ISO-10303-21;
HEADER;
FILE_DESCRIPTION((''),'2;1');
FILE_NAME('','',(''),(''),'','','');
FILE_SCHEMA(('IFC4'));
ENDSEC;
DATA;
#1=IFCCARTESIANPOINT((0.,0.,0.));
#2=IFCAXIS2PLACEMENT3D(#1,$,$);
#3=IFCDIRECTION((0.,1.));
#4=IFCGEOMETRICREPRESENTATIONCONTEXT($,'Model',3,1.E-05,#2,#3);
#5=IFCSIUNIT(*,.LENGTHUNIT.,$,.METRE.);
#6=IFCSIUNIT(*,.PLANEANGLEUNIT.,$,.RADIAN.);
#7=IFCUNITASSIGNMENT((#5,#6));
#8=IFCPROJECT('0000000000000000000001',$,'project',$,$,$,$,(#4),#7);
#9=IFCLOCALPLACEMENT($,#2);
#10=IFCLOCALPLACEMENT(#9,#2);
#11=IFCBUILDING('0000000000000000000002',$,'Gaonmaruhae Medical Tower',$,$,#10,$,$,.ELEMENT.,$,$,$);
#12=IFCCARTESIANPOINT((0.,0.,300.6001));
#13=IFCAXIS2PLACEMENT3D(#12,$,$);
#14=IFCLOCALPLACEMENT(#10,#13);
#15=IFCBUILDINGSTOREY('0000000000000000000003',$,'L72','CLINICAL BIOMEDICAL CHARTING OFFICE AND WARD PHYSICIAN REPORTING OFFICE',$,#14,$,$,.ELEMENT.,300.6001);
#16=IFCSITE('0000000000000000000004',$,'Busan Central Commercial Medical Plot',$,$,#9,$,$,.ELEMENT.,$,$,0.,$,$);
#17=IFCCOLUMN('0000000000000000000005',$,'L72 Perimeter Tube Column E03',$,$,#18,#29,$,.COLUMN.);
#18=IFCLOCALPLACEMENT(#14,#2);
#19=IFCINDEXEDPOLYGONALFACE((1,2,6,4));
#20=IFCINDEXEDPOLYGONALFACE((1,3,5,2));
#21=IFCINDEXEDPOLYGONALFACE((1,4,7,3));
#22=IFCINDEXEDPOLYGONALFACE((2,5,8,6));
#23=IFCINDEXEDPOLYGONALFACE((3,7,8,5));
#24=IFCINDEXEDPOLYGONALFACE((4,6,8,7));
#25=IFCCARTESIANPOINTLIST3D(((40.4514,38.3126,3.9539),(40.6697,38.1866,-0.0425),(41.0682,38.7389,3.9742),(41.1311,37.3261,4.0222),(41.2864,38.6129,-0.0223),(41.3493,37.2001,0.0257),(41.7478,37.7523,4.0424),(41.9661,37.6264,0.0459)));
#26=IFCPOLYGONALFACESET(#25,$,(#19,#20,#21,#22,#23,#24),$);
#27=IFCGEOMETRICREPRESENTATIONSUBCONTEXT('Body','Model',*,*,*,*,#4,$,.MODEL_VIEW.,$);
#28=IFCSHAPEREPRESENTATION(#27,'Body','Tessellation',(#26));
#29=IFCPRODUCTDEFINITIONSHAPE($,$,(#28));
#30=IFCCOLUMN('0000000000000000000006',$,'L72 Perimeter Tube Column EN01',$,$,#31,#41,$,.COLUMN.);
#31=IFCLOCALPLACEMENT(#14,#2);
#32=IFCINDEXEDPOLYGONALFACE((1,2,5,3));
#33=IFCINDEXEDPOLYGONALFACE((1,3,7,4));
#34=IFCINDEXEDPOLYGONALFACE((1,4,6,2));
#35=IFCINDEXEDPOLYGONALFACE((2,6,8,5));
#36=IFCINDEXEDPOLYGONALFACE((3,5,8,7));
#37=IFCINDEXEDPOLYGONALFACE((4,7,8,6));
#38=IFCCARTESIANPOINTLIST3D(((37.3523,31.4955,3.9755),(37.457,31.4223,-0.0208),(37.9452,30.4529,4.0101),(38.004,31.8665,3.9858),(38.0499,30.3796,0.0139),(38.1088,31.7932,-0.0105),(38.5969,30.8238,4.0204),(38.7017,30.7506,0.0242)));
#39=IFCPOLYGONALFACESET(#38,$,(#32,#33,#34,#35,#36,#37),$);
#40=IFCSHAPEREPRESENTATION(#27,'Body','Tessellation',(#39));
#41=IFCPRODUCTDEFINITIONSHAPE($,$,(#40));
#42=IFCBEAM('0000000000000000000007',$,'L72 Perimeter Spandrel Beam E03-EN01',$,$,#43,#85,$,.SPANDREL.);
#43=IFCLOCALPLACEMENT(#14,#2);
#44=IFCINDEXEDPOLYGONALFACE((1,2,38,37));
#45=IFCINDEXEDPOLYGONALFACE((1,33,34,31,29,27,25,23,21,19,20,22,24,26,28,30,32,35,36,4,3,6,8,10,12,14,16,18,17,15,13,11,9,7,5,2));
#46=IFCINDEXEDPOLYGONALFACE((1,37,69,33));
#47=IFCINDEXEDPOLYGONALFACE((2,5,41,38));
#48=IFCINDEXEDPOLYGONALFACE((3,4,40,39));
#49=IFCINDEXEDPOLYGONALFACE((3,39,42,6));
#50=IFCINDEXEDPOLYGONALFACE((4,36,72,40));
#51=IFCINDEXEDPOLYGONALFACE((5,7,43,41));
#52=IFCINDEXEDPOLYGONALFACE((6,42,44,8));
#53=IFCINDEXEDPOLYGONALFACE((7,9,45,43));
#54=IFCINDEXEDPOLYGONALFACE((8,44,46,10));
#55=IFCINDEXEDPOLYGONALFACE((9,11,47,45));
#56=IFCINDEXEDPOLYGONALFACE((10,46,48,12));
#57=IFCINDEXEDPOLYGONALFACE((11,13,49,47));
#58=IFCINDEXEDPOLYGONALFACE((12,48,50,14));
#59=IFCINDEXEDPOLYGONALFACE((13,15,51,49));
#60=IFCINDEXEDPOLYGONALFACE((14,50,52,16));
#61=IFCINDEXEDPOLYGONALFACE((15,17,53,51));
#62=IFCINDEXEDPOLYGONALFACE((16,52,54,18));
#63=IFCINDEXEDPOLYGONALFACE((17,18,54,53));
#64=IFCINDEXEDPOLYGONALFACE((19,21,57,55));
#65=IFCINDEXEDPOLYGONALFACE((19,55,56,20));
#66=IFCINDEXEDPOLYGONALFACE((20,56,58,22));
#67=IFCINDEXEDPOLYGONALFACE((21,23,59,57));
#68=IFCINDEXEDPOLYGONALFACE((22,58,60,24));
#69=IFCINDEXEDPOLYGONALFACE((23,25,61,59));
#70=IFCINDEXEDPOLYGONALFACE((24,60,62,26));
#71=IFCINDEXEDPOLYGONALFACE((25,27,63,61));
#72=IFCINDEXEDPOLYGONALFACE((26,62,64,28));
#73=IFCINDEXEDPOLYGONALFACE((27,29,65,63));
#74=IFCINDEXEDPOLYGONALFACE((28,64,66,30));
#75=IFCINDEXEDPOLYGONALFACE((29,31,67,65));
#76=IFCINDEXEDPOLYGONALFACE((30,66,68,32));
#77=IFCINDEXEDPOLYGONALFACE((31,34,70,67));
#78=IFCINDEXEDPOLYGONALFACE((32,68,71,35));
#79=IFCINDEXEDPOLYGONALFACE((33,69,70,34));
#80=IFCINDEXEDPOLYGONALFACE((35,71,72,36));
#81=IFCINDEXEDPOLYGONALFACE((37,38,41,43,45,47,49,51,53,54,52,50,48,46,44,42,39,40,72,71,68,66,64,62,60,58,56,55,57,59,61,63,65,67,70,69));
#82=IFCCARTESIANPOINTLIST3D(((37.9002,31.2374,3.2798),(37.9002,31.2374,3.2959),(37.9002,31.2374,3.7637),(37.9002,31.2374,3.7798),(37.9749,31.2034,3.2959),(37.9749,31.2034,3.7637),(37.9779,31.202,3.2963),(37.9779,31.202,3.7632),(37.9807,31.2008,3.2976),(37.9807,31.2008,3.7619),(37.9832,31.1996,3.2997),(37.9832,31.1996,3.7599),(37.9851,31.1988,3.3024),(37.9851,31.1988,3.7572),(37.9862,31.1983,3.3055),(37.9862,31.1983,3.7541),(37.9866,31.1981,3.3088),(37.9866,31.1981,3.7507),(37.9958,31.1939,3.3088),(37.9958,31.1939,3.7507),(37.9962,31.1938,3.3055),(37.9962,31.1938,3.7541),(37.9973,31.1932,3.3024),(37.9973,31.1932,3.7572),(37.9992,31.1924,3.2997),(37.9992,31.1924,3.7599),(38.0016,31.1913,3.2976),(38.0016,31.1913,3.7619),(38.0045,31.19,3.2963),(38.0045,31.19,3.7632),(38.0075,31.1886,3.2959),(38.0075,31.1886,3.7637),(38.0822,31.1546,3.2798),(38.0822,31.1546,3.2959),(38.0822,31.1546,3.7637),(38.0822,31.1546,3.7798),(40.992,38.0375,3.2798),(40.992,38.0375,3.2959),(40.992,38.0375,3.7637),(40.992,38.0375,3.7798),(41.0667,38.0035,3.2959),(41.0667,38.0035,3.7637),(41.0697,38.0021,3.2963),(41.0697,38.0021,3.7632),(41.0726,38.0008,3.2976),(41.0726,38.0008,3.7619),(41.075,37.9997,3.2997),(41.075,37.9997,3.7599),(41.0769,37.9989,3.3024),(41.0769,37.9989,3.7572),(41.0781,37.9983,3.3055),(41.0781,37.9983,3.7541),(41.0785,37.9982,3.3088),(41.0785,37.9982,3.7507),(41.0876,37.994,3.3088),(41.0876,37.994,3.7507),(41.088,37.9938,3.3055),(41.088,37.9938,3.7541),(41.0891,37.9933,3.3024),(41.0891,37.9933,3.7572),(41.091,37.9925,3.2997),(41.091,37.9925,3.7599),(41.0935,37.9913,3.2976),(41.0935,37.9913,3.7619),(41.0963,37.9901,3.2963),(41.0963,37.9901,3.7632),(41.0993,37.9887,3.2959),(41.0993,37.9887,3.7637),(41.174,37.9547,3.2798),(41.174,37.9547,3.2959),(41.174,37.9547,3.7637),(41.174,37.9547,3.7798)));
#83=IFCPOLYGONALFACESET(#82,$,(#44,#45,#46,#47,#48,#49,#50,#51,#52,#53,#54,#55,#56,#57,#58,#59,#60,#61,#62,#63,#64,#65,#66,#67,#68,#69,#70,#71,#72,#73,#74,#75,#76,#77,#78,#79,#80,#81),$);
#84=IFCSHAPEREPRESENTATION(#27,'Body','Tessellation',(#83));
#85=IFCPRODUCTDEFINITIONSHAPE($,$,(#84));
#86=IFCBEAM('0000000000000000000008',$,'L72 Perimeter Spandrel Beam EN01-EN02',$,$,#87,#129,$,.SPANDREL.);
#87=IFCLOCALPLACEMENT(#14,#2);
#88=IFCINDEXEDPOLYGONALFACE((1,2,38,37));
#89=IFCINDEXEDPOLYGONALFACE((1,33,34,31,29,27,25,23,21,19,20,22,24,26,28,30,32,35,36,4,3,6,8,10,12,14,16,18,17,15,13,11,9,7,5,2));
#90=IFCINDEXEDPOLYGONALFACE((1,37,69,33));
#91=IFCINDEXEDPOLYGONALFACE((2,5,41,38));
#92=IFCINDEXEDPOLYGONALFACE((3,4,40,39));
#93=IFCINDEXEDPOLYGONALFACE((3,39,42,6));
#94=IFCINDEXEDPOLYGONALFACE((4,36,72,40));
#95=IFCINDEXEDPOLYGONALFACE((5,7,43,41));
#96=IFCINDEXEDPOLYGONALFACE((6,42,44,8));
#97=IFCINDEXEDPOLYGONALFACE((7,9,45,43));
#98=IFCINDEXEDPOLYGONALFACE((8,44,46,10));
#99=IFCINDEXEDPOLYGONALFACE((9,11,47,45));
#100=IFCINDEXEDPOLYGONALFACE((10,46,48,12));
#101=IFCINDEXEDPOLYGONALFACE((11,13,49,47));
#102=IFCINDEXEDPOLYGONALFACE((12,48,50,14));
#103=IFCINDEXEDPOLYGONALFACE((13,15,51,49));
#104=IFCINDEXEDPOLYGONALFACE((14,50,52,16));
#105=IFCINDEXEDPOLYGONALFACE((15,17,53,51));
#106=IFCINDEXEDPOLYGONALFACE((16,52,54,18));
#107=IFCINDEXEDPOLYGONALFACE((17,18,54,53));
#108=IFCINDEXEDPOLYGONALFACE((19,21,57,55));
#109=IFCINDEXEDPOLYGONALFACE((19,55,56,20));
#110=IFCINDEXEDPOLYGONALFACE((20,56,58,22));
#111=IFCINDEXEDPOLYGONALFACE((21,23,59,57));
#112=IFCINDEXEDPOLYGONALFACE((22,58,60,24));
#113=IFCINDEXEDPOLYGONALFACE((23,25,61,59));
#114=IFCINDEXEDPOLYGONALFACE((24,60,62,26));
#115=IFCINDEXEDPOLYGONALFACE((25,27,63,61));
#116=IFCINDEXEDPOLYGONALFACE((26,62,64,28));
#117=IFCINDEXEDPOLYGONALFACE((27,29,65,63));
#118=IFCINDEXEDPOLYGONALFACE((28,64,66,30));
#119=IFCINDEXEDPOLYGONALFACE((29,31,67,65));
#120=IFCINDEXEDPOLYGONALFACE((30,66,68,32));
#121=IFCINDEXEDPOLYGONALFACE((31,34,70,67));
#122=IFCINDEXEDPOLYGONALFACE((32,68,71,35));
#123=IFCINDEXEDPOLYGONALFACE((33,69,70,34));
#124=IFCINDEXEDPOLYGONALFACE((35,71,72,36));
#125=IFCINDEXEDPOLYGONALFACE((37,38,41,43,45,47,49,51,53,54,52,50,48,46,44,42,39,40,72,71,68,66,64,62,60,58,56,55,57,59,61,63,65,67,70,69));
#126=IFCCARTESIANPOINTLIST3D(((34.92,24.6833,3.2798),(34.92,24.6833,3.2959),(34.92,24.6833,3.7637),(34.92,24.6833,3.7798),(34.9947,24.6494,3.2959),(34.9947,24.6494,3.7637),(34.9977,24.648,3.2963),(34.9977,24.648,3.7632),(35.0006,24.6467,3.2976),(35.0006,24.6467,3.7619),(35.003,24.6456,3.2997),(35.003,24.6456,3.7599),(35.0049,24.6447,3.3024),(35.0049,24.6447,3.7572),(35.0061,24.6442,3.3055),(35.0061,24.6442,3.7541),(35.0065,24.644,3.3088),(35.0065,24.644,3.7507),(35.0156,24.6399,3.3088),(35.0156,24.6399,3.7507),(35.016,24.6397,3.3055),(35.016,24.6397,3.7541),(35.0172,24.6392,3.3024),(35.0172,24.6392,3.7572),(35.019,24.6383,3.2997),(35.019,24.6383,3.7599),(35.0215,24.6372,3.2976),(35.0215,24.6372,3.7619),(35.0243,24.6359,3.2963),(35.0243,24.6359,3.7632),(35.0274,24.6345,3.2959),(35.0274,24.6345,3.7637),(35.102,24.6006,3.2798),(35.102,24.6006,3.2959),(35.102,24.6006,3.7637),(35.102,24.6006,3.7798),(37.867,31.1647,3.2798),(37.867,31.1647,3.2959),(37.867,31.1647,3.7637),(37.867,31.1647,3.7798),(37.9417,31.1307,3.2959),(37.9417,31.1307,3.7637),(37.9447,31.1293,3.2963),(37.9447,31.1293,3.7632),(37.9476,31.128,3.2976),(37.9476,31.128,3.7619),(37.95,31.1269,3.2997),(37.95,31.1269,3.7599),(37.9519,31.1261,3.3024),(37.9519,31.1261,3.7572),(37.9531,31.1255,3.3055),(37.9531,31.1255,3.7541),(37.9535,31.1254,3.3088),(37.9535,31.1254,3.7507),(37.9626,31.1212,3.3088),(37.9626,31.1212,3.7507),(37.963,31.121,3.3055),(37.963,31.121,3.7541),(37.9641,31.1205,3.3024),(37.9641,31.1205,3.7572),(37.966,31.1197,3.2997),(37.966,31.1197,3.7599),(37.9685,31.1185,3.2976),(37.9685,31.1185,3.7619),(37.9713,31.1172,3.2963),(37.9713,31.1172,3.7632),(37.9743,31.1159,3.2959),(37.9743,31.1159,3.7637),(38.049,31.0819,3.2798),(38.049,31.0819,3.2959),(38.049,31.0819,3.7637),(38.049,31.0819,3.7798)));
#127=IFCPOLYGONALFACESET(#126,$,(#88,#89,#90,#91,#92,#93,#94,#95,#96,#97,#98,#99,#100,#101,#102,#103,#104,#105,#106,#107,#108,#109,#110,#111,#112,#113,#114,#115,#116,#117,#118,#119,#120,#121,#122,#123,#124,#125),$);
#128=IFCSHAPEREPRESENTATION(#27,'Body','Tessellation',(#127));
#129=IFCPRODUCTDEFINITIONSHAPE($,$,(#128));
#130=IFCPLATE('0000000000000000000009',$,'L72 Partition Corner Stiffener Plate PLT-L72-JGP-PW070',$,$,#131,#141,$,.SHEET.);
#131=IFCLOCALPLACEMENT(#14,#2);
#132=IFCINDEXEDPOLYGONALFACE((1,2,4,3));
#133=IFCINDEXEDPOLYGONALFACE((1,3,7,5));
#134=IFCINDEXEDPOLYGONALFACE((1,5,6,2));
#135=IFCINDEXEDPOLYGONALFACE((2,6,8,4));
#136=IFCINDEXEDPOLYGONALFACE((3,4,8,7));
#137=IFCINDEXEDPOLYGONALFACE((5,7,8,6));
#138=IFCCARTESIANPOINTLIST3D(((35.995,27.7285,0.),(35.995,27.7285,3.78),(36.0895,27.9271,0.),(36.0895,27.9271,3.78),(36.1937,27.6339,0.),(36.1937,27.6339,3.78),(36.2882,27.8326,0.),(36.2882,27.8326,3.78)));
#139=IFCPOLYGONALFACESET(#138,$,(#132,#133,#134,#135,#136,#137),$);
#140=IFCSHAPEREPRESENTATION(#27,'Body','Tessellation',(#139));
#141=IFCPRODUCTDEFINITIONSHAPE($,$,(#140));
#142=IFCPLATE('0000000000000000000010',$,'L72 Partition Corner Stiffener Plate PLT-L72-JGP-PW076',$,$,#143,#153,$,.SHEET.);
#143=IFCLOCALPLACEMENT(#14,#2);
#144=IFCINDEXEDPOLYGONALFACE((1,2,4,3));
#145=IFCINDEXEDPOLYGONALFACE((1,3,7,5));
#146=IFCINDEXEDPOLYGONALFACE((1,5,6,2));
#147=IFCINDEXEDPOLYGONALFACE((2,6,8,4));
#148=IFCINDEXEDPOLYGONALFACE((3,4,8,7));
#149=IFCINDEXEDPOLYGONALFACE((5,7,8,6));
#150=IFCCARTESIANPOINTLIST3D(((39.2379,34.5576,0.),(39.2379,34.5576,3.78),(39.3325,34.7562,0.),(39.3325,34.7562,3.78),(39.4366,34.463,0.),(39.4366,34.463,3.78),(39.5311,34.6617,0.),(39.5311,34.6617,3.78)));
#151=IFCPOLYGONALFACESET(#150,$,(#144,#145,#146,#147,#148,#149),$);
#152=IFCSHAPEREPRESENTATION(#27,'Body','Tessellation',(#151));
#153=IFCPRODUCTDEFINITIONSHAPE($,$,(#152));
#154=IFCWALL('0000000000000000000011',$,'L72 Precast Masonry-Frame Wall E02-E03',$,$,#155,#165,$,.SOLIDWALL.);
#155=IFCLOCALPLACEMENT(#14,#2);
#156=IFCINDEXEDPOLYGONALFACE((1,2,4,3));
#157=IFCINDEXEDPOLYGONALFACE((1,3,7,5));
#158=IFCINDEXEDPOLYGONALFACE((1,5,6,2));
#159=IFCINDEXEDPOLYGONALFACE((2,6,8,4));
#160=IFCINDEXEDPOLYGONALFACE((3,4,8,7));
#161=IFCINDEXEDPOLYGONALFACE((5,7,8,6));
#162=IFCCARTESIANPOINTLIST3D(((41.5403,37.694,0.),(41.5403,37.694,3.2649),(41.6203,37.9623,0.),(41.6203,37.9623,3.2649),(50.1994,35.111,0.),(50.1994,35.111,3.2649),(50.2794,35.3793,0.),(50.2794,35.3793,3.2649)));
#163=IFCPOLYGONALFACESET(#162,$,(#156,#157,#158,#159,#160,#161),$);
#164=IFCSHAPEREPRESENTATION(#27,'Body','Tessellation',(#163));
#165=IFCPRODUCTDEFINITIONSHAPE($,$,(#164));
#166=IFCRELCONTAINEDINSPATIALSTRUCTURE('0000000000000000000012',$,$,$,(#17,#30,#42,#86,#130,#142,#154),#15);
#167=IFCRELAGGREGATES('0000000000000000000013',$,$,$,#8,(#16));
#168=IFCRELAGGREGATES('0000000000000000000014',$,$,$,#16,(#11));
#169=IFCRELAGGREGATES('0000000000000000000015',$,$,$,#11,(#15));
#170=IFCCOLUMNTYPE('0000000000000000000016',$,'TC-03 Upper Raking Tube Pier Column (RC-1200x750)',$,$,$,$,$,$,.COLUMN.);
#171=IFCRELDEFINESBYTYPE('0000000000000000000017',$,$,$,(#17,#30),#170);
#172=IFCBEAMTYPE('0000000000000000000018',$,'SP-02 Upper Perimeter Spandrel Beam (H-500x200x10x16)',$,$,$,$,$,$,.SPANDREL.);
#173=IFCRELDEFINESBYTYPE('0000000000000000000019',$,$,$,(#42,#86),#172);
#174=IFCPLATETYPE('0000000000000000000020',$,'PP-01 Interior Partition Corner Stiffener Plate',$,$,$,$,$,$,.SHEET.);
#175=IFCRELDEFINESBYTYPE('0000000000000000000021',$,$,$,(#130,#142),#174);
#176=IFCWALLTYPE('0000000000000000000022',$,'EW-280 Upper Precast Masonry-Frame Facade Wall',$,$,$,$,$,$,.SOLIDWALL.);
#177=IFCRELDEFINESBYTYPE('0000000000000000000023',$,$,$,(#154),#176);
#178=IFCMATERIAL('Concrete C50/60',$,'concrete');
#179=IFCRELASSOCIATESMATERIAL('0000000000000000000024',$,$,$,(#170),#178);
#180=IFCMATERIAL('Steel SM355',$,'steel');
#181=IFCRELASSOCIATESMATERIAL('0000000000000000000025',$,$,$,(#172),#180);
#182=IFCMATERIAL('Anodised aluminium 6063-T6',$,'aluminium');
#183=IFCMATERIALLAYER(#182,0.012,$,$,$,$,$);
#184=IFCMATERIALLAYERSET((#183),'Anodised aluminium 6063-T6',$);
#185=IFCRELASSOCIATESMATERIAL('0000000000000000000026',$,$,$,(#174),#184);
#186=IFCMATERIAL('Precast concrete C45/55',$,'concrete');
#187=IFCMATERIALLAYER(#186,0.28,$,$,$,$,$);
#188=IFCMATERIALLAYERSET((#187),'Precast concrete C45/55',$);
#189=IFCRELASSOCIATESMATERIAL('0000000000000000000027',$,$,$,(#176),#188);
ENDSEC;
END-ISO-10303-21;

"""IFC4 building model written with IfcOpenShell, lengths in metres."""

from ifc_helpers import new_model, si_unit, direction, frame, frame_2d, origin, origin_2d, place, context, subcontext, project, spatial, rectangle, i_section, extrude, material, layer, layer_set, material_profile, profile_set, type_object, element, save


model = new_model("IFC4")

# Units and contexts
model_context = context("Model", 3, precision=1e-05, world=origin(), true_north=direction((0.0, 1.0)))
body_context = subcontext(model_context, "Body", "Model", "MODEL_VIEW")
ifc_project = project(units=[si_unit("LENGTHUNIT", "METRE"), si_unit("PLANEANGLEUNIT", "RADIAN")], contexts=[model_context])

# Site, building, storey
site_placement = place(None, origin())
site = spatial("IfcSite", under=ifc_project, at=site_placement, Name="Busan Central Commercial Medical Plot", CompositionType="ELEMENT", RefElevation=0.0)
building_placement = place(site_placement, origin())
building = spatial("IfcBuilding", under=site, at=building_placement, Name="Gaonmaruhae Medical Tower", CompositionType="ELEMENT")
storey_placement = place(building_placement, frame((0.0, 0.0, 300.6001)))
storey = spatial("IfcBuildingStorey", under=building, at=storey_placement, Name="L72", Description="CLINICAL BIOMEDICAL CHARTING OFFICE AND WARD PHYSICIAN REPORTING OFFICE", CompositionType="ELEMENT", Elevation=300.6001)

# Columns
ifc_material_1 = material(Name="Concrete C50/60", Category="concrete")
ifc_material_profile_1 = material_profile(ifc_material_1, rectangle(XDim=1.2, YDim=0.75, at=origin_2d()), Name="RC-1200x750")
ifc_profile_set_1 = profile_set([ifc_material_profile_1], Name="Concrete C50/60")
column_type = type_object("IfcColumnType", Name="TC-03 Upper Raking Tube Pier Column (RC-1200x750)", PredefinedType="COLUMN", material=ifc_profile_set_1)
column_1_placement = place(storey_placement, frame((41.3179, 37.9065, 0.0017), z_axis=(-0.054507, 0.031461, 0.998018), x_axis=(0.566397, -0.822169, 0.056851)))
element("IfcColumn", 1, at=column_1_placement, inside=storey, type_object=column_type, Name="L72 Perimeter Tube Column E03", PredefinedType="COLUMN", context=body_context, shape_type="SweptSolid", body=[
    extrude(rectangle(XDim=1.2, YDim=0.75, at=origin_2d()), origin(), (0.0, 0.0, 1.0), 4.0044),
])
column_2_placement = place(storey_placement, frame((38.0793, 31.0864, 0.0017), z_axis=(-0.026195, 0.018318, 0.999489), x_axis=(0.494093, -0.86893, 0.028874)))
element("IfcColumn", 2, at=column_2_placement, inside=storey, type_object=column_type, Name="L72 Perimeter Tube Column EN01", PredefinedType="COLUMN", context=body_context, shape_type="SweptSolid", body=[
    extrude(rectangle(XDim=1.2, YDim=0.75, at=origin_2d()), origin(), (0.0, 0.0, 1.0), 3.9983),
])

# Beams
ifc_material_2 = material(Name="Steel SM355", Category="steel")
ifc_material_profile_2 = material_profile(ifc_material_2, i_section(OverallWidth=0.2, OverallDepth=0.5, WebThickness=0.01, FlangeThickness=0.0161, FilletRadius=0.0129, at=origin_2d()), Name="H-500x200x10x16")
ifc_profile_set_2 = profile_set([ifc_material_profile_2], Name="Steel SM355")
beam_type = type_object("IfcBeamType", Name="SP-02 Upper Perimeter Spandrel Beam (H-500x200x10x16)", PredefinedType="SPANDREL", material=ifc_profile_set_2)
beam_1_placement = place(storey_placement, frame((41.083, 37.9961, 3.5298), z_axis=(-0.413899, -0.910323, 0.0), x_axis=(0.910323, -0.413899, 0.0)))
element("IfcBeam", 3, at=beam_1_placement, inside=storey, type_object=beam_type, Name="L72 Perimeter Spandrel Beam E03-EN01", PredefinedType="SPANDREL", context=body_context, shape_type="SweptSolid", body=[
    extrude(i_section(OverallWidth=0.2, OverallDepth=0.5, WebThickness=0.01, FlangeThickness=0.0161, FilletRadius=0.0129, at=origin_2d()), origin(), (0.0, 0.0, 1.0), 7.47),
])
beam_2_placement = place(storey_placement, frame((37.958, 31.1233, 3.5298), z_axis=(-0.413909, -0.910318, 0.0), x_axis=(0.910318, -0.413909, 0.0)))
element("IfcBeam", 4, at=beam_2_placement, inside=storey, type_object=beam_type, Name="L72 Perimeter Spandrel Beam EN01-EN02", PredefinedType="SPANDREL", context=body_context, shape_type="SweptSolid", body=[
    extrude(i_section(OverallWidth=0.2, OverallDepth=0.5, WebThickness=0.01, FlangeThickness=0.0161, FilletRadius=0.0129, at=origin_2d()), origin(), (0.0, 0.0, 1.0), 7.1199),
])

# Plates
ifc_material_3 = material(Name="Anodised aluminium 6063-T6", Category="aluminium")
ifc_layer_1 = layer(ifc_material_3, 0.012)
ifc_layer_set_1 = layer_set([ifc_layer_1], Name="Anodised aluminium 6063-T6")
plate_type = type_object("IfcPlateType", Name="PP-01 Interior Partition Corner Stiffener Plate", PredefinedType="SHEET", material=ifc_layer_set_1)
for number, where, z_axis, x_axis, name in (
    (5, (36.1416, 27.7805, 0.0), (0.0, 0.0, 1.0), (0.902991, -0.42966, 0.0), "L72 Partition Corner Stiffener Plate PLT-L72-JGP-PW070"),
    (6, (39.3845, 34.6096, 0.0), (0.0, 0.0, 1.0), (0.902991, -0.42966, 0.0), "L72 Partition Corner Stiffener Plate PLT-L72-JGP-PW076"),
):
    element("IfcPlate", number, at=place(storey_placement, frame(where, z_axis=z_axis, x_axis=x_axis)), inside=storey, type_object=plate_type, Name=name, PredefinedType="SHEET", context=body_context, shape_type="SweptSolid", body=[
        extrude(rectangle(XDim=0.22, YDim=0.22, at=origin_2d()), origin(), (0.0, 0.0, 1.0), 3.78),
    ])

# Wall
ifc_material_4 = material(Name="Precast concrete C45/55", Category="concrete")
ifc_layer_2 = layer(ifc_material_4, 0.28)
ifc_layer_set_2 = layer_set([ifc_layer_2], Name="Precast concrete C45/55")
wall_type_1 = type_object("IfcWallType", Name="EW-280 Upper Precast Masonry-Frame Facade Wall", PredefinedType="SOLIDWALL", material=ifc_layer_set_2)
wall_1_placement = place(storey_placement, frame((41.5803, 37.8281, 0.0), z_axis=(0.0, 0.0, 1.0), x_axis=(0.958274, -0.28585, 0.0)))
element("IfcWall", 7, at=wall_1_placement, inside=storey, type_object=wall_type_1, Name="L72 Precast Masonry-Frame Wall E02-E03", PredefinedType="SOLIDWALL", context=body_context, shape_type="SweptSolid", body=[
    extrude(rectangle(XDim=9.0361, YDim=0.28, at=frame_2d((4.5181, 0.0))), origin(), (0.0, 0.0, 1.0), 3.2649),
])

save(model, "model.ifc")
